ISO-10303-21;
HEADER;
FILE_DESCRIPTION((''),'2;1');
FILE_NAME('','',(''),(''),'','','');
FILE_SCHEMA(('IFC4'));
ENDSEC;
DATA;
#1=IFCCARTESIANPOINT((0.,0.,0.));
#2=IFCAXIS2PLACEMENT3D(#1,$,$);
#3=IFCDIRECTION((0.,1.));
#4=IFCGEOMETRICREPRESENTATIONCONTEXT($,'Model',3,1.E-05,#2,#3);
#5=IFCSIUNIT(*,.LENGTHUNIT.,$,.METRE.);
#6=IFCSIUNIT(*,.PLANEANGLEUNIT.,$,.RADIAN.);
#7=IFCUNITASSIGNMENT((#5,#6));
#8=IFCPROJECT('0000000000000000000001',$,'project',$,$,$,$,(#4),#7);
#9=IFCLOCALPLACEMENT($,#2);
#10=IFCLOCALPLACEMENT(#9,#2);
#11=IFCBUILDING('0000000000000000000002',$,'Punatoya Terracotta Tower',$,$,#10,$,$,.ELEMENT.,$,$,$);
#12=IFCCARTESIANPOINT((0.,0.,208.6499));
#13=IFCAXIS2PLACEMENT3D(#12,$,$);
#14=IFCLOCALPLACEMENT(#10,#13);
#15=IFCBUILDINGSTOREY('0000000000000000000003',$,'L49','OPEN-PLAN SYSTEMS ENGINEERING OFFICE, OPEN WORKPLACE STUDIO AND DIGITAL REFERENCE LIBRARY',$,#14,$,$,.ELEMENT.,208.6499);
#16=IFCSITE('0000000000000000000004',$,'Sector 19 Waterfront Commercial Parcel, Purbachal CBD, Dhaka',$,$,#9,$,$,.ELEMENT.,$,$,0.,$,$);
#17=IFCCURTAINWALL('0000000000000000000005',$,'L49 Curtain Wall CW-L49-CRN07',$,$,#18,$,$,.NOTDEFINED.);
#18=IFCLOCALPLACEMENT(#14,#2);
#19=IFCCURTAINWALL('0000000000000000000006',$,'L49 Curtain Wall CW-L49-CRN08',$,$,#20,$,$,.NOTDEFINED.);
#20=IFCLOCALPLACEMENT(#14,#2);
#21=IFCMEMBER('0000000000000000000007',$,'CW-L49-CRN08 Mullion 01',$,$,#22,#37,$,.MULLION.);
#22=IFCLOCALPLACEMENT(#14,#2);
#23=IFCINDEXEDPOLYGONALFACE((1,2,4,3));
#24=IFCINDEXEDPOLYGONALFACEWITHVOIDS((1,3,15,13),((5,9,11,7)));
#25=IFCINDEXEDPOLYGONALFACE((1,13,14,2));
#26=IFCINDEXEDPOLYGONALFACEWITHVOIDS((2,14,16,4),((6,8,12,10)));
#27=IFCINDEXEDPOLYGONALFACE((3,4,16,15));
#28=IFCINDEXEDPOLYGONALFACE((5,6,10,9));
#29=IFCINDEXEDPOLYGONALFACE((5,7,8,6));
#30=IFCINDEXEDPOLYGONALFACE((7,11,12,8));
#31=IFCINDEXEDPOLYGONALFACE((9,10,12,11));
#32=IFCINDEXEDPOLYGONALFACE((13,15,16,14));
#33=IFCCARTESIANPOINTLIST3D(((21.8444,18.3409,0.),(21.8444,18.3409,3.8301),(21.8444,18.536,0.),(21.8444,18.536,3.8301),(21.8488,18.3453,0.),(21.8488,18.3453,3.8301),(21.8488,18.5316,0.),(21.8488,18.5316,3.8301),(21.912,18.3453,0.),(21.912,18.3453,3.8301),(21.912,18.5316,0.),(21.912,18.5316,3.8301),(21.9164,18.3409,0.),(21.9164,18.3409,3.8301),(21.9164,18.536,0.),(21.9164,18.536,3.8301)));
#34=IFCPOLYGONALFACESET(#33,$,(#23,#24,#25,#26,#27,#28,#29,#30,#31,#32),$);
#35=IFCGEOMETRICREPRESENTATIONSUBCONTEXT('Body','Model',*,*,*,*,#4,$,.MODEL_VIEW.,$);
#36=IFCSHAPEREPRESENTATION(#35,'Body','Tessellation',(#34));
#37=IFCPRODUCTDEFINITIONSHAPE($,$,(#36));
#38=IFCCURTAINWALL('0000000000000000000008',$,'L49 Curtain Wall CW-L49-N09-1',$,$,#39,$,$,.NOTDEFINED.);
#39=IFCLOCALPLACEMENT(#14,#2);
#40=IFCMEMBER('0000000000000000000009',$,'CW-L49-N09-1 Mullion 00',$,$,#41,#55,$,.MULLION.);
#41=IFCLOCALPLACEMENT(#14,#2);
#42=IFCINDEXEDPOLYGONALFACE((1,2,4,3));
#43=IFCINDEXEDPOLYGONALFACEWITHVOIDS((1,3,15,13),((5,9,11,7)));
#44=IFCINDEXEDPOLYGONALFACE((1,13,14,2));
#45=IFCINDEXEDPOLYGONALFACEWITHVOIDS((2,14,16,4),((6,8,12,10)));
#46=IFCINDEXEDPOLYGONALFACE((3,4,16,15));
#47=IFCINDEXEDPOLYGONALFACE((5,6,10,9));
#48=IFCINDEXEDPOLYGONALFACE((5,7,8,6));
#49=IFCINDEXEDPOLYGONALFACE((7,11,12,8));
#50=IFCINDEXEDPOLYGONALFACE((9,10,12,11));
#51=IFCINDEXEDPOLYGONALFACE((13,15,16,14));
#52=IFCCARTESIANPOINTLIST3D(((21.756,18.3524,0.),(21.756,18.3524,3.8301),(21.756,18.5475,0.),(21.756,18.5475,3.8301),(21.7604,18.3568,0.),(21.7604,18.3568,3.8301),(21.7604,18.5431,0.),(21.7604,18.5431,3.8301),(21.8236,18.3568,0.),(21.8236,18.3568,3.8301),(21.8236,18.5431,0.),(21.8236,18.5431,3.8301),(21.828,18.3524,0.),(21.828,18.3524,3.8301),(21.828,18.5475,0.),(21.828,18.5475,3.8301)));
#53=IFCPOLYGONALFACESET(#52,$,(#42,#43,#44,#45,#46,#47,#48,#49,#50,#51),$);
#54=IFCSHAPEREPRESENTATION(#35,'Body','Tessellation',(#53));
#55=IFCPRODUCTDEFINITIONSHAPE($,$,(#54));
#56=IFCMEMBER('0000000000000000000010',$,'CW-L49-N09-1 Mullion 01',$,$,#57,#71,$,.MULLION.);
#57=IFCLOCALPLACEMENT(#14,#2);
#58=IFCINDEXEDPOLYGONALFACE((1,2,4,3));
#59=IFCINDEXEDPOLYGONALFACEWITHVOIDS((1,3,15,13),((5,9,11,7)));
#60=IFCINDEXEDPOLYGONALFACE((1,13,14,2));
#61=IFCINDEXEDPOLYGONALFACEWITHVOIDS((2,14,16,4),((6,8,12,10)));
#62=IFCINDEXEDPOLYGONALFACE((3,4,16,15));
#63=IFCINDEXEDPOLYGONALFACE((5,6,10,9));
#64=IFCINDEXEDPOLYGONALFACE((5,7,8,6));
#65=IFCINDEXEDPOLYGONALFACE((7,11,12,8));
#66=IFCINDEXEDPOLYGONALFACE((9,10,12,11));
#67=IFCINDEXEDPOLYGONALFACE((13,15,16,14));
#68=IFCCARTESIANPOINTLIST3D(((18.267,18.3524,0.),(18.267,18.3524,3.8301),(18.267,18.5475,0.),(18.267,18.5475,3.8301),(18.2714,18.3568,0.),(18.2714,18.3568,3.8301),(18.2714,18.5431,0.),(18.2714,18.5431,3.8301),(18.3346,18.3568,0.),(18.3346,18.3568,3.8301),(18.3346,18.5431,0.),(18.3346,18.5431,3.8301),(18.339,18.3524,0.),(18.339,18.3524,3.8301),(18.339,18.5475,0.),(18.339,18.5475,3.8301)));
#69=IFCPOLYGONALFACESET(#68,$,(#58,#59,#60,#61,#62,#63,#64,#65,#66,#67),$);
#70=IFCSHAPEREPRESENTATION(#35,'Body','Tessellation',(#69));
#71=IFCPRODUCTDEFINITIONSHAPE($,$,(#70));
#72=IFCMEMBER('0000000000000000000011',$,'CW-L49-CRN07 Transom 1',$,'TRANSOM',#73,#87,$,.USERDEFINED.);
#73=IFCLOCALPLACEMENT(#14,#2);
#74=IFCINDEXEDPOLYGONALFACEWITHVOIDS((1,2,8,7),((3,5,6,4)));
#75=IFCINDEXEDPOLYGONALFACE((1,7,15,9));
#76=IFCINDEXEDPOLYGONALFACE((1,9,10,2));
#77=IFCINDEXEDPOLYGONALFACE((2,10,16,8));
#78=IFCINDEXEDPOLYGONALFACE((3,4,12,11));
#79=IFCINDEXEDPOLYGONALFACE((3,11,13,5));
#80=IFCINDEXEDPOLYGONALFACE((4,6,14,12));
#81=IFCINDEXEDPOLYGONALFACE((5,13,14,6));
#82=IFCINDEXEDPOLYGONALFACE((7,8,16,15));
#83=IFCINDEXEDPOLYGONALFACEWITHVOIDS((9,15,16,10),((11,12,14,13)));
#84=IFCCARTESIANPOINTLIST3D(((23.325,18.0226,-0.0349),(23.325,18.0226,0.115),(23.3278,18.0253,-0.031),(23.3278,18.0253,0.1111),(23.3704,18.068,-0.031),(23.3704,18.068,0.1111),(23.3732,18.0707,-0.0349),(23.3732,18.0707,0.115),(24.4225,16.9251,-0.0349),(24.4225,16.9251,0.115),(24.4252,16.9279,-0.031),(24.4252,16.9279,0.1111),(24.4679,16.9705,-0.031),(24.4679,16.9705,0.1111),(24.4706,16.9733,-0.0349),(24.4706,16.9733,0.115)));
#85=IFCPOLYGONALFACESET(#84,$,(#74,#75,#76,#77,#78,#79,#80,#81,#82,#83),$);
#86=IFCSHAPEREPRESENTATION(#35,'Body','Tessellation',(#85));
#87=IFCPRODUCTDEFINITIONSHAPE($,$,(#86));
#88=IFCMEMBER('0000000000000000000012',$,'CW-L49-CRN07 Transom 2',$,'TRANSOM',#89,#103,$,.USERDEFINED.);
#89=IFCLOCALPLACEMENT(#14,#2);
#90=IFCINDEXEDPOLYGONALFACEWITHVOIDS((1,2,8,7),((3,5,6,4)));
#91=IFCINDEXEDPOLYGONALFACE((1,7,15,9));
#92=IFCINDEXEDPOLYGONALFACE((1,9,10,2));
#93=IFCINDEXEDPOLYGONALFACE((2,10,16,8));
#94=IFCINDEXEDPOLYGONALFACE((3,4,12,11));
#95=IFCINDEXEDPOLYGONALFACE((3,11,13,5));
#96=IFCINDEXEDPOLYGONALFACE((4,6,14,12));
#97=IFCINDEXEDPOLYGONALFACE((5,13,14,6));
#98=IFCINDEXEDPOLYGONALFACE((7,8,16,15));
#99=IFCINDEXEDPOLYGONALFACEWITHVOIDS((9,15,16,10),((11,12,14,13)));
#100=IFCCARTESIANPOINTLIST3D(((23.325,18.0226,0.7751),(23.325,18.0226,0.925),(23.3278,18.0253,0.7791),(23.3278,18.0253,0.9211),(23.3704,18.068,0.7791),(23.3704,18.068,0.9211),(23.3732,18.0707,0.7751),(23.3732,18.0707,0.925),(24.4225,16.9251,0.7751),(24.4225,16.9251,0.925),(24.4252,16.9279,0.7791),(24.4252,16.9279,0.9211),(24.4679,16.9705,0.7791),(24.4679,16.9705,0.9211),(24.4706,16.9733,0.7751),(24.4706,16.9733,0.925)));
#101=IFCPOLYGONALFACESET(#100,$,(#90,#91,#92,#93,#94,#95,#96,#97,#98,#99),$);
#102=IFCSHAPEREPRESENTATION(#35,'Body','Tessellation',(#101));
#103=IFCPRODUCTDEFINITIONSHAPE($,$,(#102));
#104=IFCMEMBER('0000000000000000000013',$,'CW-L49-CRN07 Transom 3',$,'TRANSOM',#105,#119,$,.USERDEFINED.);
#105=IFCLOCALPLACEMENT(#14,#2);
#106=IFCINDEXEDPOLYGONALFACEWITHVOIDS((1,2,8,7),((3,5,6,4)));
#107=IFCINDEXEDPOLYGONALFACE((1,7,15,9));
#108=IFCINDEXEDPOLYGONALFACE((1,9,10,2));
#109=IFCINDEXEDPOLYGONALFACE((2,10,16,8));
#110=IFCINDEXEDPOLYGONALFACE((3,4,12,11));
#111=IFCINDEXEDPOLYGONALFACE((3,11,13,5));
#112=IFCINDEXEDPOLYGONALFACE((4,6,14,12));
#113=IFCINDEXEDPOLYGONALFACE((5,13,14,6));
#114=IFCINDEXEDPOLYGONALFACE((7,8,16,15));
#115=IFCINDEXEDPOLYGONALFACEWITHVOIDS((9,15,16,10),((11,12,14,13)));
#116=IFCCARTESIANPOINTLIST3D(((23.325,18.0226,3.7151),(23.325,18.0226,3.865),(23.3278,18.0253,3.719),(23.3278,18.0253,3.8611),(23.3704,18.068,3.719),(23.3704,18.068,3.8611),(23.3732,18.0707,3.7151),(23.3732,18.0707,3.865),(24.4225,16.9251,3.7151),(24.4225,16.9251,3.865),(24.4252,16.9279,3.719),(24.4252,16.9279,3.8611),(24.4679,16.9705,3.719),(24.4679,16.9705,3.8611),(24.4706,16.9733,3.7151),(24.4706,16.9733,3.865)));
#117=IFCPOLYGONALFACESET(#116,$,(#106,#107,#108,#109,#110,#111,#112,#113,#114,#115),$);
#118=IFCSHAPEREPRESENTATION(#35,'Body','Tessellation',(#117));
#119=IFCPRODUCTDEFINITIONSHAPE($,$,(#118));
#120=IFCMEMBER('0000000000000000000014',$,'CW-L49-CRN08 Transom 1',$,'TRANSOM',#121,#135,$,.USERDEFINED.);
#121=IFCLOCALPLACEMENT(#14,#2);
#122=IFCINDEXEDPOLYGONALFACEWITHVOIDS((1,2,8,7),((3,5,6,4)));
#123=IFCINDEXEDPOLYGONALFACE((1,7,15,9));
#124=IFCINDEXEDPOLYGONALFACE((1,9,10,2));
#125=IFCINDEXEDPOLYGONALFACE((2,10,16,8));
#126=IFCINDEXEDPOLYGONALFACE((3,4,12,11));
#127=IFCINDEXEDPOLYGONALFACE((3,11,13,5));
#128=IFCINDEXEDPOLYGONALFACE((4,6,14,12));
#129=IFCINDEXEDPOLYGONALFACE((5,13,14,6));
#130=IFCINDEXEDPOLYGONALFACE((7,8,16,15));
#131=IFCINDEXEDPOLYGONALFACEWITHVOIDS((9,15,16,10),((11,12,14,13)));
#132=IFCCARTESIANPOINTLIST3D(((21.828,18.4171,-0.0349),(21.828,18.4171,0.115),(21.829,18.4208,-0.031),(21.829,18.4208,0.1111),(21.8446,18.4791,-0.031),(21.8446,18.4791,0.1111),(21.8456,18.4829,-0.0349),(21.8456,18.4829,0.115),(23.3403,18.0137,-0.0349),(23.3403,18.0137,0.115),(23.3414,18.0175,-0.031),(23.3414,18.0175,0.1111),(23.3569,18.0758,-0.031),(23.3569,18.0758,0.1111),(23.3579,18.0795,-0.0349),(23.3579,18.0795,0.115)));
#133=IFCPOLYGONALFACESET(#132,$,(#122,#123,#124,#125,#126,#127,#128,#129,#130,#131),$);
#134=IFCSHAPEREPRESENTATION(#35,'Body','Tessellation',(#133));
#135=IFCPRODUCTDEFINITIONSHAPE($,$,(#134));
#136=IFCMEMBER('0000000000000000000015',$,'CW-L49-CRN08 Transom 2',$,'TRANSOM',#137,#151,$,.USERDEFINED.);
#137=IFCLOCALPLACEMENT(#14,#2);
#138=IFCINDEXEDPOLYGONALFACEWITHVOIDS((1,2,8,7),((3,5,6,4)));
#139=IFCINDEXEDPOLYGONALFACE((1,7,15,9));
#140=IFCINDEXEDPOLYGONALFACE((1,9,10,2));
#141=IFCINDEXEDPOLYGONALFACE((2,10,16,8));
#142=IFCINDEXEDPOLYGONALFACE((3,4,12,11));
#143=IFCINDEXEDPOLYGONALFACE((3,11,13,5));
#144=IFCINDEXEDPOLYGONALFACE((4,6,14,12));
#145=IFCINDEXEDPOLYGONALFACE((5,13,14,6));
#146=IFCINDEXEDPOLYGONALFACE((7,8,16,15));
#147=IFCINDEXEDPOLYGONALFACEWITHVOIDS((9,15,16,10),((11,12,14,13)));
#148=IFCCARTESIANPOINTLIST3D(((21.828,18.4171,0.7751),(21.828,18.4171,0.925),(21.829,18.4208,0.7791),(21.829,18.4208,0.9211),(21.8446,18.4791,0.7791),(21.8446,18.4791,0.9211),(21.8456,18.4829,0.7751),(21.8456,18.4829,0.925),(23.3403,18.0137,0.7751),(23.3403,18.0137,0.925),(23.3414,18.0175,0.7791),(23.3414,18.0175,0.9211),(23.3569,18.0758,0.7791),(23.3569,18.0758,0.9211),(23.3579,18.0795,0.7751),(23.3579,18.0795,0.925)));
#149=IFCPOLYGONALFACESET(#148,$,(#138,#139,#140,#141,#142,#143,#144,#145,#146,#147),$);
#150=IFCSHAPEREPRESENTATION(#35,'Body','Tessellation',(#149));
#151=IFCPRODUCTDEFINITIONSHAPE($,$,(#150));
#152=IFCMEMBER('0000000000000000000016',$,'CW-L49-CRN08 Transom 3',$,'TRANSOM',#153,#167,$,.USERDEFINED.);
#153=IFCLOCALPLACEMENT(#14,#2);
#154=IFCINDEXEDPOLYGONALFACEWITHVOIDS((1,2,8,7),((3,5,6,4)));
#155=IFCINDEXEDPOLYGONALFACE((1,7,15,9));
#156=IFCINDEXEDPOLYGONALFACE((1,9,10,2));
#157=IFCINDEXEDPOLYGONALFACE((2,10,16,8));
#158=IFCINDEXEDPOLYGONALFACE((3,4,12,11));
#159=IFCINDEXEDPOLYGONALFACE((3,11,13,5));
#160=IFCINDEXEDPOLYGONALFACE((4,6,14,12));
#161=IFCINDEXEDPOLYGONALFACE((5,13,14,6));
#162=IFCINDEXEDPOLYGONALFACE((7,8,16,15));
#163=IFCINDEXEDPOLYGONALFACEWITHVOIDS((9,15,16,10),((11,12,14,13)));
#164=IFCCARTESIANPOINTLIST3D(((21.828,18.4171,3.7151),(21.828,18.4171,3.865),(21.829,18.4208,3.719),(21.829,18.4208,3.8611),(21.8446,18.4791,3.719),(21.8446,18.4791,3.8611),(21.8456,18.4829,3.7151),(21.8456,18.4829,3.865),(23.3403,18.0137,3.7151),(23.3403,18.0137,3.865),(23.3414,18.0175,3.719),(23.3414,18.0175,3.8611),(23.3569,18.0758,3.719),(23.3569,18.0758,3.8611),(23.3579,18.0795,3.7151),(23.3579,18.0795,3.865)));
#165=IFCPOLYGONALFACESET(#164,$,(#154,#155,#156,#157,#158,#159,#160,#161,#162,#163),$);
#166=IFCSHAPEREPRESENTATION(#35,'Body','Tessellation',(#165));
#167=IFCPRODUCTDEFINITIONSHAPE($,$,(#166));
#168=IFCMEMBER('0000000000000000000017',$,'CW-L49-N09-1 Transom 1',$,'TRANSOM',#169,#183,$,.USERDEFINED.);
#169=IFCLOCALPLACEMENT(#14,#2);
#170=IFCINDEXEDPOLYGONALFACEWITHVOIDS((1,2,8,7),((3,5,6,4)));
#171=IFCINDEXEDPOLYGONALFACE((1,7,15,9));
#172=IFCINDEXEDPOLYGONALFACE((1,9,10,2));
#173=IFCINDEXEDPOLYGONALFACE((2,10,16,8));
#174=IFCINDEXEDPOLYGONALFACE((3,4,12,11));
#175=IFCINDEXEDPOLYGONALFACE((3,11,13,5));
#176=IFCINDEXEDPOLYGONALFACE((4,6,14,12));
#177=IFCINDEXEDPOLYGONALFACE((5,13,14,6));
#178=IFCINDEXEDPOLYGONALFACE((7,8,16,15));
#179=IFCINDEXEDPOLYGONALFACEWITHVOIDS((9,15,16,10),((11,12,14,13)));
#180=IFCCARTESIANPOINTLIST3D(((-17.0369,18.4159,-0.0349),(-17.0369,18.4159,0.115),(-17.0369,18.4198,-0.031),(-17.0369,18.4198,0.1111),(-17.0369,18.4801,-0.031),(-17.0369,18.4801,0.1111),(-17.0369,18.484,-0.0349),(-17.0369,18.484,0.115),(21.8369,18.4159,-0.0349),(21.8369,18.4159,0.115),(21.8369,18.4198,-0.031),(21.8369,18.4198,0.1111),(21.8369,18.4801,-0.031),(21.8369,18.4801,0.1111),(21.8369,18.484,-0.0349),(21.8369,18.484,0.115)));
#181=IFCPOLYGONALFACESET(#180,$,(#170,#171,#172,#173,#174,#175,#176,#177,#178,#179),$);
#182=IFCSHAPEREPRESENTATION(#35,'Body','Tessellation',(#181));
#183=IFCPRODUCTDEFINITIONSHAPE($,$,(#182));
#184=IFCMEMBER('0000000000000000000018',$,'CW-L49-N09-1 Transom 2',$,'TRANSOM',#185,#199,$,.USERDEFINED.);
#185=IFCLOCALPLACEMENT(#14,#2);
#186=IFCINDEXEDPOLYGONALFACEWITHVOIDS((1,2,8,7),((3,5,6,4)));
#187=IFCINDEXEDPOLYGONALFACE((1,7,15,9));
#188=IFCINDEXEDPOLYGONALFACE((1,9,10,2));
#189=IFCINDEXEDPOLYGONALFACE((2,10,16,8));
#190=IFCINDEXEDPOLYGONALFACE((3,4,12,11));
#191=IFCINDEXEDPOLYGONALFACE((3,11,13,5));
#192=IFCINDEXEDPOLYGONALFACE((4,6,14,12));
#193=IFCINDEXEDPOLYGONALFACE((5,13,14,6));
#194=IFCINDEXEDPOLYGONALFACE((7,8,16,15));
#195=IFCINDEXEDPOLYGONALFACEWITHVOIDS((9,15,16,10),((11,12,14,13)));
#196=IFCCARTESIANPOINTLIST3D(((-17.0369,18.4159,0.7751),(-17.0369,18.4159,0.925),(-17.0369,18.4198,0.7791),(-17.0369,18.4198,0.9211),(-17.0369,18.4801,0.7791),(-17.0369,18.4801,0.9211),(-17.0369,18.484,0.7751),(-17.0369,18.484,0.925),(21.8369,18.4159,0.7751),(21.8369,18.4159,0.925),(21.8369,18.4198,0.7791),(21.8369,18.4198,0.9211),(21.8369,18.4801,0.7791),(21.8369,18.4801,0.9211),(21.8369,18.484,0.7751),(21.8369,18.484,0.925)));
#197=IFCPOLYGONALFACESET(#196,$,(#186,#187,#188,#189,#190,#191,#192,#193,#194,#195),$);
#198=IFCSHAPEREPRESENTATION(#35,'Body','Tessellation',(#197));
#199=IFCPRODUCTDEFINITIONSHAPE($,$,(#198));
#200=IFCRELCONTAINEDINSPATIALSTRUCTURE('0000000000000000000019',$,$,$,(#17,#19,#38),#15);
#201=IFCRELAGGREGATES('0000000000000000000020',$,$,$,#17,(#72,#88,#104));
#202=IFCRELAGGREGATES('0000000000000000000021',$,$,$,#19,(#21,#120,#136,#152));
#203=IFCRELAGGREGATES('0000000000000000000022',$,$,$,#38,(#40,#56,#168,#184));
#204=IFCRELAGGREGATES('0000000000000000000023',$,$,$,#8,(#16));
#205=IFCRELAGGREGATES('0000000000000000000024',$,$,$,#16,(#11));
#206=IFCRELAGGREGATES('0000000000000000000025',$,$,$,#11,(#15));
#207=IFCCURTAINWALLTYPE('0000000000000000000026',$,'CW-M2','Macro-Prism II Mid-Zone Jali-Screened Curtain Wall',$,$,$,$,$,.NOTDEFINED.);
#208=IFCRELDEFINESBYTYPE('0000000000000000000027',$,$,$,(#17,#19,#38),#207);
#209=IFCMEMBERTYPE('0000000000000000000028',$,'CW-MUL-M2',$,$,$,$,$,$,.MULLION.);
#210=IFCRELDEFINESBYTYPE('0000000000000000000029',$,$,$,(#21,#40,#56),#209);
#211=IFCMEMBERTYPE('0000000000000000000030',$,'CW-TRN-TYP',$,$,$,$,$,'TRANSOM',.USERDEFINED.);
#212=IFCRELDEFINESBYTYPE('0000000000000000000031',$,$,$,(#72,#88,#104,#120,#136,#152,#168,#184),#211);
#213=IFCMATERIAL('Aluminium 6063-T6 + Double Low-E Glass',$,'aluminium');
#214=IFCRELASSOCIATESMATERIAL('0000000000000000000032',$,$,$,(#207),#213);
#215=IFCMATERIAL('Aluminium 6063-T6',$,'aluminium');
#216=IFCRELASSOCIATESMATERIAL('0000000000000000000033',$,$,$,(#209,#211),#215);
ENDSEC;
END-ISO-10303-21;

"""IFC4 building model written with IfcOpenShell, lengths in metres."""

from ifc_helpers import new_model, si_unit, direction, frame, origin, origin_2d, place, context, subcontext, project, spatial, hollow_rectangle, extrude, material, material_profile, profile_set, type_object, element, aggregate, save


model = new_model("IFC4")

# Units and contexts
model_context = context("Model", 3, precision=1e-05, world=origin(), true_north=direction((0.0, 1.0)))
body_context = subcontext(model_context, "Body", "Model", "MODEL_VIEW")
ifc_project = project(units=[si_unit("LENGTHUNIT", "METRE"), si_unit("PLANEANGLEUNIT", "RADIAN")], contexts=[model_context])

# Site, building, storey
site_placement = place(None, origin())
site = spatial("IfcSite", under=ifc_project, at=site_placement, Name="Sector 19 Waterfront Commercial Parcel, Purbachal CBD, Dhaka", CompositionType="ELEMENT", RefElevation=0.0)
building_placement = place(site_placement, origin())
building = spatial("IfcBuilding", under=site, at=building_placement, Name="Punatoya Terracotta Tower", CompositionType="ELEMENT")
storey_placement = place(building_placement, frame((0.0, 0.0, 208.6499)))
storey = spatial("IfcBuildingStorey", under=building, at=storey_placement, Name="L49", Description="OPEN-PLAN SYSTEMS ENGINEERING OFFICE, OPEN WORKPLACE STUDIO AND DIGITAL REFERENCE LIBRARY", CompositionType="ELEMENT", Elevation=208.6499)

# Shared definitions
ifc_material_1 = material(Name="Aluminium 6063-T6 + Double Low-E Glass", Category="aluminium")
curtain_wall_type = type_object("IfcCurtainWallType", Name="CW-M2", Description="Macro-Prism II Mid-Zone Jali-Screened Curtain Wall", PredefinedType="NOTDEFINED", material=ifc_material_1)
ifc_material_2 = material(Name="Aluminium 6063-T6", Category="aluminium")
ifc_material_profile_1 = material_profile(ifc_material_2, hollow_rectangle(XDim=0.072, YDim=0.1951, WallThickness=0.0044, at=origin_2d()))
ifc_profile_set_1 = profile_set([ifc_material_profile_1], Name="Aluminium 6063-T6")
member_type_1 = type_object("IfcMemberType", Name="CW-MUL-M2", PredefinedType="MULLION", material=ifc_profile_set_1)

# Curtain walls, members
curtain_wall_1_placement = place(storey_placement, origin())
curtain_wall_1 = element("IfcCurtainWall", 1, at=curtain_wall_1_placement, inside=storey, type_object=curtain_wall_type, Name="L49 Curtain Wall CW-L49-CRN07", PredefinedType="NOTDEFINED")
curtain_wall_2_placement = place(storey_placement, origin())
curtain_wall_2 = element("IfcCurtainWall", 2, at=curtain_wall_2_placement, inside=storey, type_object=curtain_wall_type, Name="L49 Curtain Wall CW-L49-CRN08", PredefinedType="NOTDEFINED")
member_1_placement = place(storey_placement, frame((21.8804, 18.4385, 0.0), z_axis=(0.0, 0.0, 1.0), x_axis=(1.0, 0.0, 0.0)))
member_1 = element("IfcMember", 3, at=member_1_placement, type_object=member_type_1, Name="CW-L49-CRN08 Mullion 01", PredefinedType="MULLION", context=body_context, shape_type="SweptSolid", body=[
    extrude(hollow_rectangle(XDim=0.072, YDim=0.1951, WallThickness=0.0044, at=origin_2d()), origin(), (0.0, 0.0, 1.0), 3.8301),
])
curtain_wall_3_placement = place(storey_placement, origin())
curtain_wall_3 = element("IfcCurtainWall", 4, at=curtain_wall_3_placement, inside=storey, type_object=curtain_wall_type, Name="L49 Curtain Wall CW-L49-N09-1", PredefinedType="NOTDEFINED")
member_2_placement = place(storey_placement, frame((21.792, 18.45, 0.0), z_axis=(0.0, 0.0, 1.0), x_axis=(1.0, 0.0, 0.0)))
member_2 = element("IfcMember", 5, at=member_2_placement, type_object=member_type_1, Name="CW-L49-N09-1 Mullion 00", PredefinedType="MULLION", context=body_context, shape_type="SweptSolid", body=[
    extrude(hollow_rectangle(XDim=0.072, YDim=0.1951, WallThickness=0.0044, at=origin_2d()), origin(), (0.0, 0.0, 1.0), 3.8301),
])
member_3_placement = place(storey_placement, frame((18.303, 18.45, 0.0), z_axis=(0.0, 0.0, 1.0), x_axis=(1.0, 0.0, 0.0)))
member_3 = element("IfcMember", 6, at=member_3_placement, type_object=member_type_1, Name="CW-L49-N09-1 Mullion 01", PredefinedType="MULLION", context=body_context, shape_type="SweptSolid", body=[
    extrude(hollow_rectangle(XDim=0.072, YDim=0.1951, WallThickness=0.0044, at=origin_2d()), origin(), (0.0, 0.0, 1.0), 3.8301),
])

# Members
ifc_material_profile_2 = material_profile(ifc_material_2, hollow_rectangle(XDim=0.0681, YDim=0.1499, WallThickness=0.0039, at=origin_2d()))
ifc_profile_set_2 = profile_set([ifc_material_profile_2], Name="Aluminium 6063-T6")
member_type_2 = type_object("IfcMemberType", Name="CW-TRN-TYP", ElementType="TRANSOM", PredefinedType="USERDEFINED", material=ifc_profile_set_2)
member_4_placement = place(storey_placement, frame((24.4465, 16.9492, 0.04), z_axis=(-0.707107, 0.707107, 0.0), x_axis=(-0.707107, -0.707107, 0.0)))
member_4 = element("IfcMember", 7, at=member_4_placement, type_object=member_type_2, Name="CW-L49-CRN07 Transom 1", ObjectType="TRANSOM", PredefinedType="USERDEFINED", context=body_context, shape_type="SweptSolid", body=[
    extrude(hollow_rectangle(XDim=0.0681, YDim=0.1499, WallThickness=0.0039, at=origin_2d()), origin(), (0.0, 0.0, 1.0), 1.552),
])
member_5_placement = place(storey_placement, frame((24.4465, 16.9492, 0.8501), z_axis=(-0.707107, 0.707107, 0.0), x_axis=(-0.707107, -0.707107, 0.0)))
member_5 = element("IfcMember", 8, at=member_5_placement, type_object=member_type_2, Name="CW-L49-CRN07 Transom 2", ObjectType="TRANSOM", PredefinedType="USERDEFINED", context=body_context, shape_type="SweptSolid", body=[
    extrude(hollow_rectangle(XDim=0.0681, YDim=0.1499, WallThickness=0.0039, at=origin_2d()), origin(), (0.0, 0.0, 1.0), 1.552),
])
member_6_placement = place(storey_placement, frame((24.4465, 16.9492, 3.79), z_axis=(-0.707107, 0.707107, 0.0), x_axis=(-0.707107, -0.707107, 0.0)))
member_6 = element("IfcMember", 9, at=member_6_placement, type_object=member_type_2, Name="CW-L49-CRN07 Transom 3", ObjectType="TRANSOM", PredefinedType="USERDEFINED", context=body_context, shape_type="SweptSolid", body=[
    extrude(hollow_rectangle(XDim=0.0681, YDim=0.1499, WallThickness=0.0039, at=origin_2d()), origin(), (0.0, 0.0, 1.0), 1.552),
])
member_7_placement = place(storey_placement, frame((23.3491, 18.0466, 0.04), z_axis=(-0.966225, 0.257701, 0.0), x_axis=(-0.257701, -0.966225, 0.0)))
member_7 = element("IfcMember", 10, at=member_7_placement, type_object=member_type_2, Name="CW-L49-CRN08 Transom 1", ObjectType="TRANSOM", PredefinedType="USERDEFINED", context=body_context, shape_type="SweptSolid", body=[
    extrude(hollow_rectangle(XDim=0.0681, YDim=0.1499, WallThickness=0.0039, at=origin_2d()), origin(), (0.0, 0.0, 1.0), 1.5652),
])
member_8_placement = place(storey_placement, frame((23.3491, 18.0466, 0.8501), z_axis=(-0.966225, 0.257701, 0.0), x_axis=(-0.257701, -0.966225, 0.0)))
member_8 = element("IfcMember", 11, at=member_8_placement, type_object=member_type_2, Name="CW-L49-CRN08 Transom 2", ObjectType="TRANSOM", PredefinedType="USERDEFINED", context=body_context, shape_type="SweptSolid", body=[
    extrude(hollow_rectangle(XDim=0.0681, YDim=0.1499, WallThickness=0.0039, at=origin_2d()), origin(), (0.0, 0.0, 1.0), 1.5652),
])
member_9_placement = place(storey_placement, frame((23.3491, 18.0466, 3.79), z_axis=(-0.966225, 0.257701, 0.0), x_axis=(-0.257701, -0.966225, 0.0)))
member_9 = element("IfcMember", 12, at=member_9_placement, type_object=member_type_2, Name="CW-L49-CRN08 Transom 3", ObjectType="TRANSOM", PredefinedType="USERDEFINED", context=body_context, shape_type="SweptSolid", body=[
    extrude(hollow_rectangle(XDim=0.0681, YDim=0.1499, WallThickness=0.0039, at=origin_2d()), origin(), (0.0, 0.0, 1.0), 1.5652),
])
member_10_placement = place(storey_placement, frame((21.8369, 18.45, 0.04), z_axis=(-1.0, 0.0, 0.0), x_axis=(0.0, -1.0, 0.0)))
member_10 = element("IfcMember", 13, at=member_10_placement, type_object=member_type_2, Name="CW-L49-N09-1 Transom 1", ObjectType="TRANSOM", PredefinedType="USERDEFINED", context=body_context, shape_type="SweptSolid", body=[
    extrude(hollow_rectangle(XDim=0.0681, YDim=0.1499, WallThickness=0.0039, at=origin_2d()), origin(), (0.0, 0.0, 1.0), 38.8738),
])
member_11_placement = place(storey_placement, frame((21.8369, 18.45, 0.8501), z_axis=(-1.0, 0.0, 0.0), x_axis=(0.0, -1.0, 0.0)))
member_11 = element("IfcMember", 14, at=member_11_placement, type_object=member_type_2, Name="CW-L49-N09-1 Transom 2", ObjectType="TRANSOM", PredefinedType="USERDEFINED", context=body_context, shape_type="SweptSolid", body=[
    extrude(hollow_rectangle(XDim=0.0681, YDim=0.1499, WallThickness=0.0039, at=origin_2d()), origin(), (0.0, 0.0, 1.0), 38.8738),
])

aggregate(curtain_wall_1, [member_4, member_5, member_6])
aggregate(curtain_wall_2, [member_1, member_7, member_8, member_9])
aggregate(curtain_wall_3, [member_2, member_3, member_10, member_11])

save(model, "model.ifc")
